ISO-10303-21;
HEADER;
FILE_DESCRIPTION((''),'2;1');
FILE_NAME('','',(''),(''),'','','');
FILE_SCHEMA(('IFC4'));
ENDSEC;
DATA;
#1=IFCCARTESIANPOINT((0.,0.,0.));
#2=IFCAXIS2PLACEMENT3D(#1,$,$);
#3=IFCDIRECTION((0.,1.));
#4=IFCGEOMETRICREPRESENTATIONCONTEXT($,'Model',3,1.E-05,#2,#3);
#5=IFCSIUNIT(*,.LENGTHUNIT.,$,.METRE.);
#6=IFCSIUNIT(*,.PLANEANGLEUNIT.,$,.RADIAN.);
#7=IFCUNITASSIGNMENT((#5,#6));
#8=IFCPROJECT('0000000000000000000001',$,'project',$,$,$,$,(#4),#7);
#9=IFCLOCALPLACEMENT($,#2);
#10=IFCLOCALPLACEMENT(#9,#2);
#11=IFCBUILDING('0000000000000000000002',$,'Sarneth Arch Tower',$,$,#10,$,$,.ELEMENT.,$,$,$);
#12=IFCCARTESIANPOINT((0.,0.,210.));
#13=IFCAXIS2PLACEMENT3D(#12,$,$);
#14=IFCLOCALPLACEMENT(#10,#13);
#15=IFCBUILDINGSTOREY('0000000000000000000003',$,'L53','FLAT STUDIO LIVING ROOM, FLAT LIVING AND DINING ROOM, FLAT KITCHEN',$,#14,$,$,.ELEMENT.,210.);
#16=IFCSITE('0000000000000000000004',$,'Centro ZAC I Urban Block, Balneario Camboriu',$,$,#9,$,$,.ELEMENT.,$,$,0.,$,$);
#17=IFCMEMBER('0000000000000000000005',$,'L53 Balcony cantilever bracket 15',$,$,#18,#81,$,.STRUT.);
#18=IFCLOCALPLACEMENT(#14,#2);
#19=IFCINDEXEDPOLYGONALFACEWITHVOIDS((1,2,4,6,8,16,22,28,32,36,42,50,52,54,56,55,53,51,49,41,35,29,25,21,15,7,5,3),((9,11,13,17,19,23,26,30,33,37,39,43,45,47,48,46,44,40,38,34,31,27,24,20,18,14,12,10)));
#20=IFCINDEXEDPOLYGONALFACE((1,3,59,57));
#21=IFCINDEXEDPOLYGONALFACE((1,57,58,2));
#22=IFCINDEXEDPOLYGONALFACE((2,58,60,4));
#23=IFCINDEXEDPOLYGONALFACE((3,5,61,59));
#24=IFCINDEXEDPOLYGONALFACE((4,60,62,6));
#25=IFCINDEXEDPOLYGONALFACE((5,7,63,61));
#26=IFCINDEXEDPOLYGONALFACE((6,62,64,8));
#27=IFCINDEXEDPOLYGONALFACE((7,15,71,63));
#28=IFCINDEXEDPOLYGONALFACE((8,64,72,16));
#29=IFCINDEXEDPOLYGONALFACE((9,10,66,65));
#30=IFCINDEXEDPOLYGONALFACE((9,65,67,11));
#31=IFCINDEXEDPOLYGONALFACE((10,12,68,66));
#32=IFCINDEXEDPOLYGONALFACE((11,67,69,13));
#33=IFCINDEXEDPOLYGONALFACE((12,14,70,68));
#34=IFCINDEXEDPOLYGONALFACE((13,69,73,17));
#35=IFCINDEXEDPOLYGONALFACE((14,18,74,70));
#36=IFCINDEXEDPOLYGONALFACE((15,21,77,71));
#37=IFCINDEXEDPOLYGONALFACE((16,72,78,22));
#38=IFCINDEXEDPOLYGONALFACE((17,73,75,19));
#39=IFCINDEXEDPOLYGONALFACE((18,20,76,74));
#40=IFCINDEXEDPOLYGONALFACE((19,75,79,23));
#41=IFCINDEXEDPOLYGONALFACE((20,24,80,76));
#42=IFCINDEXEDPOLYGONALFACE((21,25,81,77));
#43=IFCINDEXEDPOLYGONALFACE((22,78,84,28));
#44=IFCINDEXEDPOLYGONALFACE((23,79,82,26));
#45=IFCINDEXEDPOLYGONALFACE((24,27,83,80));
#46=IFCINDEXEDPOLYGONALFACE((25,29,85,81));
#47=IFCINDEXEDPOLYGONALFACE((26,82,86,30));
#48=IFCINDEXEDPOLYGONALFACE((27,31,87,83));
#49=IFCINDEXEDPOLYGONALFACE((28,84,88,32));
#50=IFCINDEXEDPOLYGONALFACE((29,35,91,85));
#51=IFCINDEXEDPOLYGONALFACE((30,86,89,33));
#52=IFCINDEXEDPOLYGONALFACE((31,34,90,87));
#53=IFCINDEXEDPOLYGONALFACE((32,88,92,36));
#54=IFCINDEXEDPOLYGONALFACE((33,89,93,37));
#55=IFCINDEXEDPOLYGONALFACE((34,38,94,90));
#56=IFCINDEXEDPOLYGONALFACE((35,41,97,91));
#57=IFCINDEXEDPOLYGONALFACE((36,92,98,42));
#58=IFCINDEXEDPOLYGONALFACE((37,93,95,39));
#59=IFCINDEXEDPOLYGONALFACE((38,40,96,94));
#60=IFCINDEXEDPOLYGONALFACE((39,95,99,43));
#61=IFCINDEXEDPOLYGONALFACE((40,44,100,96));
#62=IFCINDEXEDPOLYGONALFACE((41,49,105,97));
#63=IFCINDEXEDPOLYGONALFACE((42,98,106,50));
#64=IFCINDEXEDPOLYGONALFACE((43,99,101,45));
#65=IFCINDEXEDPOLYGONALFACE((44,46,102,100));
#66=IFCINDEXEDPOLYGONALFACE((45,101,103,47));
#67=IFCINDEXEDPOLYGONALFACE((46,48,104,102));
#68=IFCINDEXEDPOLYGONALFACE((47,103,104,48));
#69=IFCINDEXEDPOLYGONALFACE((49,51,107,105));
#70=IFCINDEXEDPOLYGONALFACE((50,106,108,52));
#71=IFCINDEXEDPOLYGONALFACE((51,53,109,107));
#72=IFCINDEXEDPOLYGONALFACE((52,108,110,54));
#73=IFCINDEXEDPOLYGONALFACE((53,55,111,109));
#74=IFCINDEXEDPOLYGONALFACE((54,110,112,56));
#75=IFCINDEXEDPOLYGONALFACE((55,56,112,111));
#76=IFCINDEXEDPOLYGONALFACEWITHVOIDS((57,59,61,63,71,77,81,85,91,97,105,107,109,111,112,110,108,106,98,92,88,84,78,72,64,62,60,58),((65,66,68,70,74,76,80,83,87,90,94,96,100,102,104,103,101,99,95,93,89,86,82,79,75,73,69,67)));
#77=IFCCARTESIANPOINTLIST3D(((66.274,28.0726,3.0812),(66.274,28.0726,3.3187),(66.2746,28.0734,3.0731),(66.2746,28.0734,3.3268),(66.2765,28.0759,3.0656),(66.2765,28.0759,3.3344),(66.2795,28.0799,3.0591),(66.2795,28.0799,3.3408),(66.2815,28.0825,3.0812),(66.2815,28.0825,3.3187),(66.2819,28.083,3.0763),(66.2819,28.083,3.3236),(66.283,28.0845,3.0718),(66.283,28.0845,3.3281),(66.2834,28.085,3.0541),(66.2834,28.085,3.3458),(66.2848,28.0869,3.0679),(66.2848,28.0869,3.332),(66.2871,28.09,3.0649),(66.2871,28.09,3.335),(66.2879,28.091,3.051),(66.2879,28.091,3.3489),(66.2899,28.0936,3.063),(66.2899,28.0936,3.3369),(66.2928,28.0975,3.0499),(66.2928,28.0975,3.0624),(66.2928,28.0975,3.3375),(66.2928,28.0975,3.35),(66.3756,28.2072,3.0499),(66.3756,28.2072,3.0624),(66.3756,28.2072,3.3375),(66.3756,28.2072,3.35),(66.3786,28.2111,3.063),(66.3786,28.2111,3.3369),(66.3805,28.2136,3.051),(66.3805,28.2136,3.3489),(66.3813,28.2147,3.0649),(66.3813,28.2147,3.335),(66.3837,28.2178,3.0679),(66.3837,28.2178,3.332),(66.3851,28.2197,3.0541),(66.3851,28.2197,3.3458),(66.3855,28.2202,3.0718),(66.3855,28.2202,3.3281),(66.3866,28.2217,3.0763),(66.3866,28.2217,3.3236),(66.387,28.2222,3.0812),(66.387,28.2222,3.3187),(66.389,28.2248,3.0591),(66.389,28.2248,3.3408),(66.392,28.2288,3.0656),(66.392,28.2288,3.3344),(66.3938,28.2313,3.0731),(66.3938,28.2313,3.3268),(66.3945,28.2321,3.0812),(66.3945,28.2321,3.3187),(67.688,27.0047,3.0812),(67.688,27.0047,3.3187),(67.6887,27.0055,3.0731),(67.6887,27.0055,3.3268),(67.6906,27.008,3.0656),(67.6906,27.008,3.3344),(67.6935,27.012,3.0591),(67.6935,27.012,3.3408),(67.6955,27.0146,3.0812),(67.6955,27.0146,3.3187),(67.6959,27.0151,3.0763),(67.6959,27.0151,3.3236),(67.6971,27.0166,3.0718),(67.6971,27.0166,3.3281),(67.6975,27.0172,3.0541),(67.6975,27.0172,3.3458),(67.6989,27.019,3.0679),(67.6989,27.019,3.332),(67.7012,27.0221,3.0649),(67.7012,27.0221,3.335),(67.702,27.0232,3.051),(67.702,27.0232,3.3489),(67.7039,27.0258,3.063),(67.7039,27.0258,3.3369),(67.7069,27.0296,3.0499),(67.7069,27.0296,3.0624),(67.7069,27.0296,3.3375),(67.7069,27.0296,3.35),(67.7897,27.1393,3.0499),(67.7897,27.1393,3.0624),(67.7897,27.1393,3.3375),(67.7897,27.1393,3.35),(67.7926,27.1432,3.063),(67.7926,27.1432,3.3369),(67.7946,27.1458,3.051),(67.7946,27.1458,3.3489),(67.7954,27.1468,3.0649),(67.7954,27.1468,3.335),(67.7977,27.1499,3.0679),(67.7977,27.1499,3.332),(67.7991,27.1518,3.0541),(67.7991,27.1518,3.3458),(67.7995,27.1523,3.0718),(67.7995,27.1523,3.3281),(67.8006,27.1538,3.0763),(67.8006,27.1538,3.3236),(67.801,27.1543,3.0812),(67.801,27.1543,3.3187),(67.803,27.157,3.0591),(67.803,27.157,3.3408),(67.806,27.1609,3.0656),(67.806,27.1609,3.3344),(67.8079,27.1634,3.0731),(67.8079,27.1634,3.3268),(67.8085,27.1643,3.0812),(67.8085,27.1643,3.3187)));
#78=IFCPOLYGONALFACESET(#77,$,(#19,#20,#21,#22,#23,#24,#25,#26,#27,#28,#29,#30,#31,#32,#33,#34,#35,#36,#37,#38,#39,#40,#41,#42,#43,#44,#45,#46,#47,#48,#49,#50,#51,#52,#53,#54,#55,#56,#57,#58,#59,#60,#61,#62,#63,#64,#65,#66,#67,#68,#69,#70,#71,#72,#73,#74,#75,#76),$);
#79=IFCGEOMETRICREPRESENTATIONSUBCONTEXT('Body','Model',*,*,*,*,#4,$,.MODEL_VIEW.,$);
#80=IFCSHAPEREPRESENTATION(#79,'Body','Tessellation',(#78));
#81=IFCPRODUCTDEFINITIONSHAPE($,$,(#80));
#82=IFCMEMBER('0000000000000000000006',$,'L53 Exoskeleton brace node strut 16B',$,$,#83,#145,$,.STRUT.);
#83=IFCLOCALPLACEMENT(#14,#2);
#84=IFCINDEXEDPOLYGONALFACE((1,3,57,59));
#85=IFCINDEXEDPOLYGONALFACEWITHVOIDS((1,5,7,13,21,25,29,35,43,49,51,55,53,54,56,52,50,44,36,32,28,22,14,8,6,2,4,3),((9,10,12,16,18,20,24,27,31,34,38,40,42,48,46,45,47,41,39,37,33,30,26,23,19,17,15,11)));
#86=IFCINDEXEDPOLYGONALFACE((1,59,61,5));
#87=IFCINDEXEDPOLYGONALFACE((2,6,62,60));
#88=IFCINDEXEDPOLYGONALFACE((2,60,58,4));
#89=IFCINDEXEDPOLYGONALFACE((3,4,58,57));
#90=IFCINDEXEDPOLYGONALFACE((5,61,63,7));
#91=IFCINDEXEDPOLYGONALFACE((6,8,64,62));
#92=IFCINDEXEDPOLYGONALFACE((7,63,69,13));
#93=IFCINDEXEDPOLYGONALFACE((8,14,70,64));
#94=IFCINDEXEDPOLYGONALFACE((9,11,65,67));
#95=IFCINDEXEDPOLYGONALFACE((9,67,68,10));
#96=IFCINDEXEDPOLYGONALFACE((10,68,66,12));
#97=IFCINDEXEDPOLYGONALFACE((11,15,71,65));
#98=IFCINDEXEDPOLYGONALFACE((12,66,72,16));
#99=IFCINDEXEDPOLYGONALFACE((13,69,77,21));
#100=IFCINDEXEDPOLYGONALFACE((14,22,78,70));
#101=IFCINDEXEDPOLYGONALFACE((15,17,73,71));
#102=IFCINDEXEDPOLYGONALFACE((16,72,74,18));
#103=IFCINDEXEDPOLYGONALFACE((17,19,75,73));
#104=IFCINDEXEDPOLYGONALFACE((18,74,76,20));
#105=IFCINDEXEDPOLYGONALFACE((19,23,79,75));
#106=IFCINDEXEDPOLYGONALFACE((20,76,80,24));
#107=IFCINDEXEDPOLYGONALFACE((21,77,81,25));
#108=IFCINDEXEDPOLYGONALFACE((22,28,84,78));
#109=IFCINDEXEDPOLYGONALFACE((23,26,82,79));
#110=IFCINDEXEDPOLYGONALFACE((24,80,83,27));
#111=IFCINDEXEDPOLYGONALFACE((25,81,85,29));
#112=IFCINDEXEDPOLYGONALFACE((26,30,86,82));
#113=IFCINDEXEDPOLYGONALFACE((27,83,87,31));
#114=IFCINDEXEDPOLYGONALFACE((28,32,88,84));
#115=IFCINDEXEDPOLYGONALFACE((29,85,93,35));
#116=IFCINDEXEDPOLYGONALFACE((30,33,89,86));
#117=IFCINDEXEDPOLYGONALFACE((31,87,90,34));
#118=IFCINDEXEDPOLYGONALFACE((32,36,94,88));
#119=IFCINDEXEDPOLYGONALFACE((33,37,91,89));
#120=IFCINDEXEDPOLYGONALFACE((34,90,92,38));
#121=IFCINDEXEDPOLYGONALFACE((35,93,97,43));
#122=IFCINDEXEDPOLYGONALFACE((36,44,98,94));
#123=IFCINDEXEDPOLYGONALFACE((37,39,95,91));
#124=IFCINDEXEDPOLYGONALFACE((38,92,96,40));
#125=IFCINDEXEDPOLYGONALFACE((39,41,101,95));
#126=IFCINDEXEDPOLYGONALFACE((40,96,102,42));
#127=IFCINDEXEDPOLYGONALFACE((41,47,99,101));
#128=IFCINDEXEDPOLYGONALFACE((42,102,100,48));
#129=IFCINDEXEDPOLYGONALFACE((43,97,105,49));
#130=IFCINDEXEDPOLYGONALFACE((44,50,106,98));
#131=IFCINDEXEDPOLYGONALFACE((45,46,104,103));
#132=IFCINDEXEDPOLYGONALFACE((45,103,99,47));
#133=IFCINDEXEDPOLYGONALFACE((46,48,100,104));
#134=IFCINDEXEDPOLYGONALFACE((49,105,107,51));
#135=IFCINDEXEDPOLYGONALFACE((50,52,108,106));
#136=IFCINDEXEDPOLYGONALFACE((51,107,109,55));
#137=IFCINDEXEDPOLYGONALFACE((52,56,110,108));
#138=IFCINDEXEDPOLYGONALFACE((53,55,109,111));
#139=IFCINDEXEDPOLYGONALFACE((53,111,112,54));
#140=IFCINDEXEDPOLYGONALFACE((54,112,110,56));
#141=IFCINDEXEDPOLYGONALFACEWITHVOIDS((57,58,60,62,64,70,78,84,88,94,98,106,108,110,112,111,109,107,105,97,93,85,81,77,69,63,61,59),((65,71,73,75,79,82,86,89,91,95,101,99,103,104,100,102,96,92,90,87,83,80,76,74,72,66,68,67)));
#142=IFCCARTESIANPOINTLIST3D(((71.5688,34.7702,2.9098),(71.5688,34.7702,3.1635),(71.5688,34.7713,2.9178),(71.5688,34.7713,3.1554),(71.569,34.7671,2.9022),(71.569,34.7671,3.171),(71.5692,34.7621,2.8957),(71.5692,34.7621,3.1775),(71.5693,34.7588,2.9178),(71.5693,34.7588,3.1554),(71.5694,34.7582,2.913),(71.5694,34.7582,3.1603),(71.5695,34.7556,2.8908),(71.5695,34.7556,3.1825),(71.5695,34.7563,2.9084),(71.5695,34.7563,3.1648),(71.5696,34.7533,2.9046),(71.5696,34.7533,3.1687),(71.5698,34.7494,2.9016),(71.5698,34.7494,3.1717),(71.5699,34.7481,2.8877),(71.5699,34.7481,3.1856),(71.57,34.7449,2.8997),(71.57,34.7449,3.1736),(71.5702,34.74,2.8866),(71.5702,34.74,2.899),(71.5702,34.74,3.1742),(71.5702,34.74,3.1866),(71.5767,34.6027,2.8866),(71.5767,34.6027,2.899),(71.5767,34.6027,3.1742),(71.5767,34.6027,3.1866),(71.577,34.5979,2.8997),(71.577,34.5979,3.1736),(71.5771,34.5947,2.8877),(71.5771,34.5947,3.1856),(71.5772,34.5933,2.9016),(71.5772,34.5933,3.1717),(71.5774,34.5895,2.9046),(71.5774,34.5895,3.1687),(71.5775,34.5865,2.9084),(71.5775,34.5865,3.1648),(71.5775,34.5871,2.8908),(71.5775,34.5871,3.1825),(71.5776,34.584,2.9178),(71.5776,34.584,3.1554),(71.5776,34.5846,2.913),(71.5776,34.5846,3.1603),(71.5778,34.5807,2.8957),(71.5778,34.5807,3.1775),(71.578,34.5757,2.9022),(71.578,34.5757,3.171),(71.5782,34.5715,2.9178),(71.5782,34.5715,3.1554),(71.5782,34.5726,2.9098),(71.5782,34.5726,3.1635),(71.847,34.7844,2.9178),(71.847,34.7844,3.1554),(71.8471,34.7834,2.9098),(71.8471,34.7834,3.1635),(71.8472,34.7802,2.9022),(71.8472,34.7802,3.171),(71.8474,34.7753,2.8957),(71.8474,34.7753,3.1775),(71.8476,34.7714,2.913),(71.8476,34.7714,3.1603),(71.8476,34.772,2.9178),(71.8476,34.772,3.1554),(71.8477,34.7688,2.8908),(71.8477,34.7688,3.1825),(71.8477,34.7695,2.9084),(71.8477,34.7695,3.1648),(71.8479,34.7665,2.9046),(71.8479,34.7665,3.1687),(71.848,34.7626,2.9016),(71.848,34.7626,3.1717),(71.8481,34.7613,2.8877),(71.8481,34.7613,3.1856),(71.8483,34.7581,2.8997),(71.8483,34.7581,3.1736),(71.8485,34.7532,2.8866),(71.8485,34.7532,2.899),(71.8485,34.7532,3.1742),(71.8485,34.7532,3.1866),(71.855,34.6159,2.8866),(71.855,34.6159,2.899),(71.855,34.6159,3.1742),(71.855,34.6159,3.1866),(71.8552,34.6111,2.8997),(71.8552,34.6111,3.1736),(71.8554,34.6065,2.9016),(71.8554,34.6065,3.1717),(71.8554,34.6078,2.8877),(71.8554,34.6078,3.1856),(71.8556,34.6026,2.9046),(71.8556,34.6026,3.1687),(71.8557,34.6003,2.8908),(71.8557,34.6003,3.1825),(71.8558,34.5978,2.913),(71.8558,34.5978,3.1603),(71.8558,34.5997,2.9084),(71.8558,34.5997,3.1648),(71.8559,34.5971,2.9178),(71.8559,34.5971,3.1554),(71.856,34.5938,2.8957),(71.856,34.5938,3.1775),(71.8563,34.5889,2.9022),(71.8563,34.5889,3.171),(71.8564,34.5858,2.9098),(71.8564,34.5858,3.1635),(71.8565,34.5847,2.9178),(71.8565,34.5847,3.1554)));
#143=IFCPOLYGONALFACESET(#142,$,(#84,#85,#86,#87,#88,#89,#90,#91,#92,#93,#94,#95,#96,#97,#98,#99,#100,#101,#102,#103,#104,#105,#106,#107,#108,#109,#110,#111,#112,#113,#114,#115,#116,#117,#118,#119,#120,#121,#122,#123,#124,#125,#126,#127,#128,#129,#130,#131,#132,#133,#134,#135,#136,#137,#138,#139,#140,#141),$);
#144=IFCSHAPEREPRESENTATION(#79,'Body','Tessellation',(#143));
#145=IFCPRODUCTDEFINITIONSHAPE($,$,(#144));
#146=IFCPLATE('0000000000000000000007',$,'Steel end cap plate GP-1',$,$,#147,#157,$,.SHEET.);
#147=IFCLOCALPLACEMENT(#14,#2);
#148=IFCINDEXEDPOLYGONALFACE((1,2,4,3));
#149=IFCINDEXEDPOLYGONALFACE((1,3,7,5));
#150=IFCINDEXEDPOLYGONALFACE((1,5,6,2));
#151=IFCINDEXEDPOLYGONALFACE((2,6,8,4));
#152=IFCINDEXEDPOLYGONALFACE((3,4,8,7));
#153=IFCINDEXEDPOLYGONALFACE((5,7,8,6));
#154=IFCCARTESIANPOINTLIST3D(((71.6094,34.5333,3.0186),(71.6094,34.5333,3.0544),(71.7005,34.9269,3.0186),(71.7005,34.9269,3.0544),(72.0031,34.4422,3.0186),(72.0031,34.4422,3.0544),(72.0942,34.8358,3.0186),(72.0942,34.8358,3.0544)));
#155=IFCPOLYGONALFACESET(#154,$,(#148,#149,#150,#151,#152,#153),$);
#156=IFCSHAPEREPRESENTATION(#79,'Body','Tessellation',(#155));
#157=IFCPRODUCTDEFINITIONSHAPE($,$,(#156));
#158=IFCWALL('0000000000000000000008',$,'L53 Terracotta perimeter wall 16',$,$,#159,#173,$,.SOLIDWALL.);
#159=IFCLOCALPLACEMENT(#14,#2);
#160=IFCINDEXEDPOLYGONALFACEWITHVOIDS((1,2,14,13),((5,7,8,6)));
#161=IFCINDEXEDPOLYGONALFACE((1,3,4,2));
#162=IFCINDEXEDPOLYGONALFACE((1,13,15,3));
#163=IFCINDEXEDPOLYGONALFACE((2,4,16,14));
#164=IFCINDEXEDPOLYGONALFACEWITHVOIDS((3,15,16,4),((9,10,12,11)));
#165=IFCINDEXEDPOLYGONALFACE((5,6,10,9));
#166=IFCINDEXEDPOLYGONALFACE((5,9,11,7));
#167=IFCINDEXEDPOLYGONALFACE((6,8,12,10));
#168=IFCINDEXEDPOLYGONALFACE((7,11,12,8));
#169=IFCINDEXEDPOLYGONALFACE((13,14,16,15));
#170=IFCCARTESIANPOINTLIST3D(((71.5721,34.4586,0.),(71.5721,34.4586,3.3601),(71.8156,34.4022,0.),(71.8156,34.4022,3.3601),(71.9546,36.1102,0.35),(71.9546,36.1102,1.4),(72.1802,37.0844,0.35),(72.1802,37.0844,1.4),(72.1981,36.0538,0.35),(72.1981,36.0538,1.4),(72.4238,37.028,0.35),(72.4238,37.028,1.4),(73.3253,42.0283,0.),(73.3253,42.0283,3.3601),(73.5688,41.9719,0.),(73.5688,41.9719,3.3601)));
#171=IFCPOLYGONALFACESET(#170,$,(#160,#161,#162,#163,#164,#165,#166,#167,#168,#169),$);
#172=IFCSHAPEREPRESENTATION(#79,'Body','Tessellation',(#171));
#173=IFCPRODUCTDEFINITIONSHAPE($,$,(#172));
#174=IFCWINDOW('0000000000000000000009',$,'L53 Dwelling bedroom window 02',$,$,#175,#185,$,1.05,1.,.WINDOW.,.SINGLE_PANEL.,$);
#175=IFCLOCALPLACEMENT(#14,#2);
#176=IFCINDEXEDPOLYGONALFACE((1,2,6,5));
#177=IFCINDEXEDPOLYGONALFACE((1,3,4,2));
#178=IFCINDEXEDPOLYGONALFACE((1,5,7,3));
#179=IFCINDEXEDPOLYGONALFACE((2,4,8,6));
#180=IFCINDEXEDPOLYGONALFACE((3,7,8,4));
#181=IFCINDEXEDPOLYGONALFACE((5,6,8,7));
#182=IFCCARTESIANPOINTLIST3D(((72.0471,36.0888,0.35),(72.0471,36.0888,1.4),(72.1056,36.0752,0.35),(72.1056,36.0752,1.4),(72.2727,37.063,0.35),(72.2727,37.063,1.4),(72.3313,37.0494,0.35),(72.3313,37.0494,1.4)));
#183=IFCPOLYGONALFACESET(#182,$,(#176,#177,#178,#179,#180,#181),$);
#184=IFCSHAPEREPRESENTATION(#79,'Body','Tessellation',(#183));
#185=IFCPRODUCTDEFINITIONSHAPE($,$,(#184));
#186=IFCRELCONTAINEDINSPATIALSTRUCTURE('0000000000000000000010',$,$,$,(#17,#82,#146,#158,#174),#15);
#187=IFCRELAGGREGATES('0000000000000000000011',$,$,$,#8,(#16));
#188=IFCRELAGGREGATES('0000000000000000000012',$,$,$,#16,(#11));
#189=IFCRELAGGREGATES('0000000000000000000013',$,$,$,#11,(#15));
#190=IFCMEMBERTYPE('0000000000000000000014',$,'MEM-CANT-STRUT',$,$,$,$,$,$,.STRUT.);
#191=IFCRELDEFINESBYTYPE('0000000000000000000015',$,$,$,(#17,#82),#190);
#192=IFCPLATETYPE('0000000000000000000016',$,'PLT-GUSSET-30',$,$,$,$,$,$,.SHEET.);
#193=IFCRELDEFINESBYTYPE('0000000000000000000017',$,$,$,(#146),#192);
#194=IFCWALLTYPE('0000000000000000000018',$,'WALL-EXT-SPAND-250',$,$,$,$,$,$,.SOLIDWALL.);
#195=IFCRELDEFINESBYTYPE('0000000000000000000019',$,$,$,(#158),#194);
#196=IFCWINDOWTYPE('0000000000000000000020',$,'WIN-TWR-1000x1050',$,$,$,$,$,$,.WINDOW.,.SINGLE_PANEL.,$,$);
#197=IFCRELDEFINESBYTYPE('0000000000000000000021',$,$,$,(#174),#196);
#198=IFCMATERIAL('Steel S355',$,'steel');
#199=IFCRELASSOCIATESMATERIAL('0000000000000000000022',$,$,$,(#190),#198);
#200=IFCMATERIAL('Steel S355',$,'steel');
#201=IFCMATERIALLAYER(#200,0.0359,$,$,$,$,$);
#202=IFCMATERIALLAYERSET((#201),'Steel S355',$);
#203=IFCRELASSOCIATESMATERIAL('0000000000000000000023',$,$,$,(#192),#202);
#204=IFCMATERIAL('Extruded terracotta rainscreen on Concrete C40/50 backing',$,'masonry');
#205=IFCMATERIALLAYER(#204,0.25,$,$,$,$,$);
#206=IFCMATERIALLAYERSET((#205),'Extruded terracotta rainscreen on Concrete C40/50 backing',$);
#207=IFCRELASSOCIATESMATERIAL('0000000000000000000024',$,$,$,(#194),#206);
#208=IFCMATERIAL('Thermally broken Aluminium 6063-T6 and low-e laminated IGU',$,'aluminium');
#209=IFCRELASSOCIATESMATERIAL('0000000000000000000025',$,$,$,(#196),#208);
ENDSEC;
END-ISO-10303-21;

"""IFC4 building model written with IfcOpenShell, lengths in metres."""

from ifc_helpers import new_model, si_unit, direction, frame, frame_2d, origin, origin_2d, place, context, subcontext, project, spatial, rectangle, hollow_rectangle, extrude, material, layer, layer_set, material_profile, profile_set, type_object, element, fill, save


model = new_model("IFC4")

# Units and contexts
model_context = context("Model", 3, precision=1e-05, world=origin(), true_north=direction((0.0, 1.0)))
body_context = subcontext(model_context, "Body", "Model", "MODEL_VIEW")
ifc_project = project(units=[si_unit("LENGTHUNIT", "METRE"), si_unit("PLANEANGLEUNIT", "RADIAN")], contexts=[model_context])

# Site, building, storey
site_placement = place(None, origin())
site = spatial("IfcSite", under=ifc_project, at=site_placement, Name="Centro ZAC I Urban Block, Balneario Camboriu", CompositionType="ELEMENT", RefElevation=0.0)
building_placement = place(site_placement, origin())
building = spatial("IfcBuilding", under=site, at=building_placement, Name="Sarneth Arch Tower", CompositionType="ELEMENT")
storey_placement = place(building_placement, frame((0.0, 0.0, 210.0)))
storey = spatial("IfcBuildingStorey", under=building, at=storey_placement, Name="L53", Description="FLAT STUDIO LIVING ROOM, FLAT LIVING AND DINING ROOM, FLAT KITCHEN", CompositionType="ELEMENT", Elevation=210.0)

# Members
ifc_material_1 = material(Name="Steel S355", Category="steel")
ifc_material_profile_1 = material_profile(ifc_material_1, hollow_rectangle(XDim=0.2, YDim=0.3, WallThickness=0.0125, InnerFilletRadius=0.0188, OuterFilletRadius=0.0312, at=origin_2d()), Name="RHS300x200x12.5")
ifc_profile_set_1 = profile_set([ifc_material_profile_1], Name="Steel S355")
member_type = type_object("IfcMemberType", Name="MEM-CANT-STRUT", PredefinedType="STRUT", material=ifc_profile_set_1)
member_1_placement = place(storey_placement, frame((66.3342, 28.1523, 3.2), z_axis=(0.798012, -0.602642, 0.0), x_axis=(0.602642, 0.798012, 0.0)))
element("IfcMember", 1, at=member_1_placement, inside=storey, type_object=member_type, Name="L53 Balcony cantilever bracket 15", PredefinedType="STRUT", context=body_context, shape_type="SweptSolid", body=[
    extrude(hollow_rectangle(XDim=0.2, YDim=0.3, WallThickness=0.0125, InnerFilletRadius=0.0188, OuterFilletRadius=0.0312, at=origin_2d()), origin(), (0.0, 0.0, 1.0), 1.772),
])
member_2_placement = place(storey_placement, frame((71.5735, 34.6714, 3.0366), z_axis=(0.99888, 0.047315, 0.0), x_axis=(-0.047315, 0.99888, 0.0)))
element("IfcMember", 2, at=member_2_placement, inside=storey, type_object=member_type, Name="L53 Exoskeleton brace node strut 16B", PredefinedType="STRUT", context=body_context, shape_type="SweptSolid", body=[
    extrude(hollow_rectangle(XDim=0.2, YDim=0.3, WallThickness=0.0125, InnerFilletRadius=0.0188, OuterFilletRadius=0.0312, at=origin_2d()), origin(), (0.0, 0.0, 1.0), 0.2786),
])

# Plate
ifc_material_2 = material(Name="Steel S355", Category="steel")
ifc_layer_1 = layer(ifc_material_2, 0.0359)
ifc_layer_set_1 = layer_set([ifc_layer_1], Name="Steel S355")
plate_type = type_object("IfcPlateType", Name="PLT-GUSSET-30", PredefinedType="SHEET", material=ifc_layer_set_1)
plate_placement = place(storey_placement, frame((71.8518, 34.6846, 3.0186), z_axis=(0.0, 0.0, 1.0), x_axis=(0.225461, 0.974252, 0.0)))
element("IfcPlate", 3, at=plate_placement, inside=storey, type_object=plate_type, Name="Steel end cap plate GP-1", PredefinedType="SHEET", context=body_context, shape_type="SweptSolid", body=[
    extrude(rectangle(XDim=0.4041, YDim=0.4041, at=origin_2d()), origin(), (0.0, 0.0, 1.0), 0.0359),
])

# Wall, opening, window
ifc_material_3 = material(Name="Extruded terracotta rainscreen on Concrete C40/50 backing", Category="masonry")
ifc_layer_2 = layer(ifc_material_3, 0.25)
ifc_layer_set_2 = layer_set([ifc_layer_2], Name="Extruded terracotta rainscreen on Concrete C40/50 backing")
wall_type_1 = type_object("IfcWallType", Name="WALL-EXT-SPAND-250", PredefinedType="SOLIDWALL", material=ifc_layer_set_2)
wall_1_placement = place(storey_placement, frame((71.6938, 34.4304, 0.0), z_axis=(0.0, 0.0, 1.0), x_axis=(0.225635, 0.974212, 0.0)))
wall_1 = element("IfcWall", 4, at=wall_1_placement, inside=storey, type_object=wall_type_1, Name="L53 Terracotta perimeter wall 16", PredefinedType="SOLIDWALL", context=body_context, shape_type="SweptSolid", body=[
    extrude(rectangle(XDim=7.77, YDim=0.25, at=frame_2d((3.885, 0.0))), origin(), (0.0, 0.0, 1.0), 3.3601),
])
opening_1_placement = place(wall_1_placement, frame((1.6953, 0.0, 0.3501)))
opening_1 = element("IfcOpeningElement", 5, at=opening_1_placement, cuts=wall_1, PredefinedType="OPENING", context=body_context, shape_type="SweptSolid", body=[
    extrude(rectangle(XDim=1.0, YDim=1.05, at=frame_2d((0.5, 0.5249))), frame((0.0, 0.135, 0.0), z_axis=(0.0, -1.0, 0.0), x_axis=(1.0, 0.0, 0.0)), (0.0, 0.0, 1.0), 0.27),
])
ifc_material_4 = material(Name="Thermally broken Aluminium 6063-T6 and low-e laminated IGU", Category="aluminium")
window_type = type_object("IfcWindowType", Name="WIN-TWR-1000x1050", PartitioningType="SINGLE_PANEL", PredefinedType="WINDOW", material=ifc_material_4)
window_placement = place(opening_1_placement, origin())
window = element("IfcWindow", 6, at=window_placement, inside=storey, type_object=window_type, Name="L53 Dwelling bedroom window 02", OverallHeight=1.05, OverallWidth=1.0, PartitioningType="SINGLE_PANEL", PredefinedType="WINDOW", context=body_context, shape_type="SweptSolid", body=[
    extrude(rectangle(XDim=1.0, YDim=1.05, at=frame_2d((0.5, 0.5249))), frame((0.0, 0.03, 0.0), z_axis=(0.0, -1.0, 0.0), x_axis=(1.0, 0.0, 0.0)), (0.0, 0.0, 1.0), 0.0601),
])
fill(opening_1, window)

save(model, "model.ifc")
